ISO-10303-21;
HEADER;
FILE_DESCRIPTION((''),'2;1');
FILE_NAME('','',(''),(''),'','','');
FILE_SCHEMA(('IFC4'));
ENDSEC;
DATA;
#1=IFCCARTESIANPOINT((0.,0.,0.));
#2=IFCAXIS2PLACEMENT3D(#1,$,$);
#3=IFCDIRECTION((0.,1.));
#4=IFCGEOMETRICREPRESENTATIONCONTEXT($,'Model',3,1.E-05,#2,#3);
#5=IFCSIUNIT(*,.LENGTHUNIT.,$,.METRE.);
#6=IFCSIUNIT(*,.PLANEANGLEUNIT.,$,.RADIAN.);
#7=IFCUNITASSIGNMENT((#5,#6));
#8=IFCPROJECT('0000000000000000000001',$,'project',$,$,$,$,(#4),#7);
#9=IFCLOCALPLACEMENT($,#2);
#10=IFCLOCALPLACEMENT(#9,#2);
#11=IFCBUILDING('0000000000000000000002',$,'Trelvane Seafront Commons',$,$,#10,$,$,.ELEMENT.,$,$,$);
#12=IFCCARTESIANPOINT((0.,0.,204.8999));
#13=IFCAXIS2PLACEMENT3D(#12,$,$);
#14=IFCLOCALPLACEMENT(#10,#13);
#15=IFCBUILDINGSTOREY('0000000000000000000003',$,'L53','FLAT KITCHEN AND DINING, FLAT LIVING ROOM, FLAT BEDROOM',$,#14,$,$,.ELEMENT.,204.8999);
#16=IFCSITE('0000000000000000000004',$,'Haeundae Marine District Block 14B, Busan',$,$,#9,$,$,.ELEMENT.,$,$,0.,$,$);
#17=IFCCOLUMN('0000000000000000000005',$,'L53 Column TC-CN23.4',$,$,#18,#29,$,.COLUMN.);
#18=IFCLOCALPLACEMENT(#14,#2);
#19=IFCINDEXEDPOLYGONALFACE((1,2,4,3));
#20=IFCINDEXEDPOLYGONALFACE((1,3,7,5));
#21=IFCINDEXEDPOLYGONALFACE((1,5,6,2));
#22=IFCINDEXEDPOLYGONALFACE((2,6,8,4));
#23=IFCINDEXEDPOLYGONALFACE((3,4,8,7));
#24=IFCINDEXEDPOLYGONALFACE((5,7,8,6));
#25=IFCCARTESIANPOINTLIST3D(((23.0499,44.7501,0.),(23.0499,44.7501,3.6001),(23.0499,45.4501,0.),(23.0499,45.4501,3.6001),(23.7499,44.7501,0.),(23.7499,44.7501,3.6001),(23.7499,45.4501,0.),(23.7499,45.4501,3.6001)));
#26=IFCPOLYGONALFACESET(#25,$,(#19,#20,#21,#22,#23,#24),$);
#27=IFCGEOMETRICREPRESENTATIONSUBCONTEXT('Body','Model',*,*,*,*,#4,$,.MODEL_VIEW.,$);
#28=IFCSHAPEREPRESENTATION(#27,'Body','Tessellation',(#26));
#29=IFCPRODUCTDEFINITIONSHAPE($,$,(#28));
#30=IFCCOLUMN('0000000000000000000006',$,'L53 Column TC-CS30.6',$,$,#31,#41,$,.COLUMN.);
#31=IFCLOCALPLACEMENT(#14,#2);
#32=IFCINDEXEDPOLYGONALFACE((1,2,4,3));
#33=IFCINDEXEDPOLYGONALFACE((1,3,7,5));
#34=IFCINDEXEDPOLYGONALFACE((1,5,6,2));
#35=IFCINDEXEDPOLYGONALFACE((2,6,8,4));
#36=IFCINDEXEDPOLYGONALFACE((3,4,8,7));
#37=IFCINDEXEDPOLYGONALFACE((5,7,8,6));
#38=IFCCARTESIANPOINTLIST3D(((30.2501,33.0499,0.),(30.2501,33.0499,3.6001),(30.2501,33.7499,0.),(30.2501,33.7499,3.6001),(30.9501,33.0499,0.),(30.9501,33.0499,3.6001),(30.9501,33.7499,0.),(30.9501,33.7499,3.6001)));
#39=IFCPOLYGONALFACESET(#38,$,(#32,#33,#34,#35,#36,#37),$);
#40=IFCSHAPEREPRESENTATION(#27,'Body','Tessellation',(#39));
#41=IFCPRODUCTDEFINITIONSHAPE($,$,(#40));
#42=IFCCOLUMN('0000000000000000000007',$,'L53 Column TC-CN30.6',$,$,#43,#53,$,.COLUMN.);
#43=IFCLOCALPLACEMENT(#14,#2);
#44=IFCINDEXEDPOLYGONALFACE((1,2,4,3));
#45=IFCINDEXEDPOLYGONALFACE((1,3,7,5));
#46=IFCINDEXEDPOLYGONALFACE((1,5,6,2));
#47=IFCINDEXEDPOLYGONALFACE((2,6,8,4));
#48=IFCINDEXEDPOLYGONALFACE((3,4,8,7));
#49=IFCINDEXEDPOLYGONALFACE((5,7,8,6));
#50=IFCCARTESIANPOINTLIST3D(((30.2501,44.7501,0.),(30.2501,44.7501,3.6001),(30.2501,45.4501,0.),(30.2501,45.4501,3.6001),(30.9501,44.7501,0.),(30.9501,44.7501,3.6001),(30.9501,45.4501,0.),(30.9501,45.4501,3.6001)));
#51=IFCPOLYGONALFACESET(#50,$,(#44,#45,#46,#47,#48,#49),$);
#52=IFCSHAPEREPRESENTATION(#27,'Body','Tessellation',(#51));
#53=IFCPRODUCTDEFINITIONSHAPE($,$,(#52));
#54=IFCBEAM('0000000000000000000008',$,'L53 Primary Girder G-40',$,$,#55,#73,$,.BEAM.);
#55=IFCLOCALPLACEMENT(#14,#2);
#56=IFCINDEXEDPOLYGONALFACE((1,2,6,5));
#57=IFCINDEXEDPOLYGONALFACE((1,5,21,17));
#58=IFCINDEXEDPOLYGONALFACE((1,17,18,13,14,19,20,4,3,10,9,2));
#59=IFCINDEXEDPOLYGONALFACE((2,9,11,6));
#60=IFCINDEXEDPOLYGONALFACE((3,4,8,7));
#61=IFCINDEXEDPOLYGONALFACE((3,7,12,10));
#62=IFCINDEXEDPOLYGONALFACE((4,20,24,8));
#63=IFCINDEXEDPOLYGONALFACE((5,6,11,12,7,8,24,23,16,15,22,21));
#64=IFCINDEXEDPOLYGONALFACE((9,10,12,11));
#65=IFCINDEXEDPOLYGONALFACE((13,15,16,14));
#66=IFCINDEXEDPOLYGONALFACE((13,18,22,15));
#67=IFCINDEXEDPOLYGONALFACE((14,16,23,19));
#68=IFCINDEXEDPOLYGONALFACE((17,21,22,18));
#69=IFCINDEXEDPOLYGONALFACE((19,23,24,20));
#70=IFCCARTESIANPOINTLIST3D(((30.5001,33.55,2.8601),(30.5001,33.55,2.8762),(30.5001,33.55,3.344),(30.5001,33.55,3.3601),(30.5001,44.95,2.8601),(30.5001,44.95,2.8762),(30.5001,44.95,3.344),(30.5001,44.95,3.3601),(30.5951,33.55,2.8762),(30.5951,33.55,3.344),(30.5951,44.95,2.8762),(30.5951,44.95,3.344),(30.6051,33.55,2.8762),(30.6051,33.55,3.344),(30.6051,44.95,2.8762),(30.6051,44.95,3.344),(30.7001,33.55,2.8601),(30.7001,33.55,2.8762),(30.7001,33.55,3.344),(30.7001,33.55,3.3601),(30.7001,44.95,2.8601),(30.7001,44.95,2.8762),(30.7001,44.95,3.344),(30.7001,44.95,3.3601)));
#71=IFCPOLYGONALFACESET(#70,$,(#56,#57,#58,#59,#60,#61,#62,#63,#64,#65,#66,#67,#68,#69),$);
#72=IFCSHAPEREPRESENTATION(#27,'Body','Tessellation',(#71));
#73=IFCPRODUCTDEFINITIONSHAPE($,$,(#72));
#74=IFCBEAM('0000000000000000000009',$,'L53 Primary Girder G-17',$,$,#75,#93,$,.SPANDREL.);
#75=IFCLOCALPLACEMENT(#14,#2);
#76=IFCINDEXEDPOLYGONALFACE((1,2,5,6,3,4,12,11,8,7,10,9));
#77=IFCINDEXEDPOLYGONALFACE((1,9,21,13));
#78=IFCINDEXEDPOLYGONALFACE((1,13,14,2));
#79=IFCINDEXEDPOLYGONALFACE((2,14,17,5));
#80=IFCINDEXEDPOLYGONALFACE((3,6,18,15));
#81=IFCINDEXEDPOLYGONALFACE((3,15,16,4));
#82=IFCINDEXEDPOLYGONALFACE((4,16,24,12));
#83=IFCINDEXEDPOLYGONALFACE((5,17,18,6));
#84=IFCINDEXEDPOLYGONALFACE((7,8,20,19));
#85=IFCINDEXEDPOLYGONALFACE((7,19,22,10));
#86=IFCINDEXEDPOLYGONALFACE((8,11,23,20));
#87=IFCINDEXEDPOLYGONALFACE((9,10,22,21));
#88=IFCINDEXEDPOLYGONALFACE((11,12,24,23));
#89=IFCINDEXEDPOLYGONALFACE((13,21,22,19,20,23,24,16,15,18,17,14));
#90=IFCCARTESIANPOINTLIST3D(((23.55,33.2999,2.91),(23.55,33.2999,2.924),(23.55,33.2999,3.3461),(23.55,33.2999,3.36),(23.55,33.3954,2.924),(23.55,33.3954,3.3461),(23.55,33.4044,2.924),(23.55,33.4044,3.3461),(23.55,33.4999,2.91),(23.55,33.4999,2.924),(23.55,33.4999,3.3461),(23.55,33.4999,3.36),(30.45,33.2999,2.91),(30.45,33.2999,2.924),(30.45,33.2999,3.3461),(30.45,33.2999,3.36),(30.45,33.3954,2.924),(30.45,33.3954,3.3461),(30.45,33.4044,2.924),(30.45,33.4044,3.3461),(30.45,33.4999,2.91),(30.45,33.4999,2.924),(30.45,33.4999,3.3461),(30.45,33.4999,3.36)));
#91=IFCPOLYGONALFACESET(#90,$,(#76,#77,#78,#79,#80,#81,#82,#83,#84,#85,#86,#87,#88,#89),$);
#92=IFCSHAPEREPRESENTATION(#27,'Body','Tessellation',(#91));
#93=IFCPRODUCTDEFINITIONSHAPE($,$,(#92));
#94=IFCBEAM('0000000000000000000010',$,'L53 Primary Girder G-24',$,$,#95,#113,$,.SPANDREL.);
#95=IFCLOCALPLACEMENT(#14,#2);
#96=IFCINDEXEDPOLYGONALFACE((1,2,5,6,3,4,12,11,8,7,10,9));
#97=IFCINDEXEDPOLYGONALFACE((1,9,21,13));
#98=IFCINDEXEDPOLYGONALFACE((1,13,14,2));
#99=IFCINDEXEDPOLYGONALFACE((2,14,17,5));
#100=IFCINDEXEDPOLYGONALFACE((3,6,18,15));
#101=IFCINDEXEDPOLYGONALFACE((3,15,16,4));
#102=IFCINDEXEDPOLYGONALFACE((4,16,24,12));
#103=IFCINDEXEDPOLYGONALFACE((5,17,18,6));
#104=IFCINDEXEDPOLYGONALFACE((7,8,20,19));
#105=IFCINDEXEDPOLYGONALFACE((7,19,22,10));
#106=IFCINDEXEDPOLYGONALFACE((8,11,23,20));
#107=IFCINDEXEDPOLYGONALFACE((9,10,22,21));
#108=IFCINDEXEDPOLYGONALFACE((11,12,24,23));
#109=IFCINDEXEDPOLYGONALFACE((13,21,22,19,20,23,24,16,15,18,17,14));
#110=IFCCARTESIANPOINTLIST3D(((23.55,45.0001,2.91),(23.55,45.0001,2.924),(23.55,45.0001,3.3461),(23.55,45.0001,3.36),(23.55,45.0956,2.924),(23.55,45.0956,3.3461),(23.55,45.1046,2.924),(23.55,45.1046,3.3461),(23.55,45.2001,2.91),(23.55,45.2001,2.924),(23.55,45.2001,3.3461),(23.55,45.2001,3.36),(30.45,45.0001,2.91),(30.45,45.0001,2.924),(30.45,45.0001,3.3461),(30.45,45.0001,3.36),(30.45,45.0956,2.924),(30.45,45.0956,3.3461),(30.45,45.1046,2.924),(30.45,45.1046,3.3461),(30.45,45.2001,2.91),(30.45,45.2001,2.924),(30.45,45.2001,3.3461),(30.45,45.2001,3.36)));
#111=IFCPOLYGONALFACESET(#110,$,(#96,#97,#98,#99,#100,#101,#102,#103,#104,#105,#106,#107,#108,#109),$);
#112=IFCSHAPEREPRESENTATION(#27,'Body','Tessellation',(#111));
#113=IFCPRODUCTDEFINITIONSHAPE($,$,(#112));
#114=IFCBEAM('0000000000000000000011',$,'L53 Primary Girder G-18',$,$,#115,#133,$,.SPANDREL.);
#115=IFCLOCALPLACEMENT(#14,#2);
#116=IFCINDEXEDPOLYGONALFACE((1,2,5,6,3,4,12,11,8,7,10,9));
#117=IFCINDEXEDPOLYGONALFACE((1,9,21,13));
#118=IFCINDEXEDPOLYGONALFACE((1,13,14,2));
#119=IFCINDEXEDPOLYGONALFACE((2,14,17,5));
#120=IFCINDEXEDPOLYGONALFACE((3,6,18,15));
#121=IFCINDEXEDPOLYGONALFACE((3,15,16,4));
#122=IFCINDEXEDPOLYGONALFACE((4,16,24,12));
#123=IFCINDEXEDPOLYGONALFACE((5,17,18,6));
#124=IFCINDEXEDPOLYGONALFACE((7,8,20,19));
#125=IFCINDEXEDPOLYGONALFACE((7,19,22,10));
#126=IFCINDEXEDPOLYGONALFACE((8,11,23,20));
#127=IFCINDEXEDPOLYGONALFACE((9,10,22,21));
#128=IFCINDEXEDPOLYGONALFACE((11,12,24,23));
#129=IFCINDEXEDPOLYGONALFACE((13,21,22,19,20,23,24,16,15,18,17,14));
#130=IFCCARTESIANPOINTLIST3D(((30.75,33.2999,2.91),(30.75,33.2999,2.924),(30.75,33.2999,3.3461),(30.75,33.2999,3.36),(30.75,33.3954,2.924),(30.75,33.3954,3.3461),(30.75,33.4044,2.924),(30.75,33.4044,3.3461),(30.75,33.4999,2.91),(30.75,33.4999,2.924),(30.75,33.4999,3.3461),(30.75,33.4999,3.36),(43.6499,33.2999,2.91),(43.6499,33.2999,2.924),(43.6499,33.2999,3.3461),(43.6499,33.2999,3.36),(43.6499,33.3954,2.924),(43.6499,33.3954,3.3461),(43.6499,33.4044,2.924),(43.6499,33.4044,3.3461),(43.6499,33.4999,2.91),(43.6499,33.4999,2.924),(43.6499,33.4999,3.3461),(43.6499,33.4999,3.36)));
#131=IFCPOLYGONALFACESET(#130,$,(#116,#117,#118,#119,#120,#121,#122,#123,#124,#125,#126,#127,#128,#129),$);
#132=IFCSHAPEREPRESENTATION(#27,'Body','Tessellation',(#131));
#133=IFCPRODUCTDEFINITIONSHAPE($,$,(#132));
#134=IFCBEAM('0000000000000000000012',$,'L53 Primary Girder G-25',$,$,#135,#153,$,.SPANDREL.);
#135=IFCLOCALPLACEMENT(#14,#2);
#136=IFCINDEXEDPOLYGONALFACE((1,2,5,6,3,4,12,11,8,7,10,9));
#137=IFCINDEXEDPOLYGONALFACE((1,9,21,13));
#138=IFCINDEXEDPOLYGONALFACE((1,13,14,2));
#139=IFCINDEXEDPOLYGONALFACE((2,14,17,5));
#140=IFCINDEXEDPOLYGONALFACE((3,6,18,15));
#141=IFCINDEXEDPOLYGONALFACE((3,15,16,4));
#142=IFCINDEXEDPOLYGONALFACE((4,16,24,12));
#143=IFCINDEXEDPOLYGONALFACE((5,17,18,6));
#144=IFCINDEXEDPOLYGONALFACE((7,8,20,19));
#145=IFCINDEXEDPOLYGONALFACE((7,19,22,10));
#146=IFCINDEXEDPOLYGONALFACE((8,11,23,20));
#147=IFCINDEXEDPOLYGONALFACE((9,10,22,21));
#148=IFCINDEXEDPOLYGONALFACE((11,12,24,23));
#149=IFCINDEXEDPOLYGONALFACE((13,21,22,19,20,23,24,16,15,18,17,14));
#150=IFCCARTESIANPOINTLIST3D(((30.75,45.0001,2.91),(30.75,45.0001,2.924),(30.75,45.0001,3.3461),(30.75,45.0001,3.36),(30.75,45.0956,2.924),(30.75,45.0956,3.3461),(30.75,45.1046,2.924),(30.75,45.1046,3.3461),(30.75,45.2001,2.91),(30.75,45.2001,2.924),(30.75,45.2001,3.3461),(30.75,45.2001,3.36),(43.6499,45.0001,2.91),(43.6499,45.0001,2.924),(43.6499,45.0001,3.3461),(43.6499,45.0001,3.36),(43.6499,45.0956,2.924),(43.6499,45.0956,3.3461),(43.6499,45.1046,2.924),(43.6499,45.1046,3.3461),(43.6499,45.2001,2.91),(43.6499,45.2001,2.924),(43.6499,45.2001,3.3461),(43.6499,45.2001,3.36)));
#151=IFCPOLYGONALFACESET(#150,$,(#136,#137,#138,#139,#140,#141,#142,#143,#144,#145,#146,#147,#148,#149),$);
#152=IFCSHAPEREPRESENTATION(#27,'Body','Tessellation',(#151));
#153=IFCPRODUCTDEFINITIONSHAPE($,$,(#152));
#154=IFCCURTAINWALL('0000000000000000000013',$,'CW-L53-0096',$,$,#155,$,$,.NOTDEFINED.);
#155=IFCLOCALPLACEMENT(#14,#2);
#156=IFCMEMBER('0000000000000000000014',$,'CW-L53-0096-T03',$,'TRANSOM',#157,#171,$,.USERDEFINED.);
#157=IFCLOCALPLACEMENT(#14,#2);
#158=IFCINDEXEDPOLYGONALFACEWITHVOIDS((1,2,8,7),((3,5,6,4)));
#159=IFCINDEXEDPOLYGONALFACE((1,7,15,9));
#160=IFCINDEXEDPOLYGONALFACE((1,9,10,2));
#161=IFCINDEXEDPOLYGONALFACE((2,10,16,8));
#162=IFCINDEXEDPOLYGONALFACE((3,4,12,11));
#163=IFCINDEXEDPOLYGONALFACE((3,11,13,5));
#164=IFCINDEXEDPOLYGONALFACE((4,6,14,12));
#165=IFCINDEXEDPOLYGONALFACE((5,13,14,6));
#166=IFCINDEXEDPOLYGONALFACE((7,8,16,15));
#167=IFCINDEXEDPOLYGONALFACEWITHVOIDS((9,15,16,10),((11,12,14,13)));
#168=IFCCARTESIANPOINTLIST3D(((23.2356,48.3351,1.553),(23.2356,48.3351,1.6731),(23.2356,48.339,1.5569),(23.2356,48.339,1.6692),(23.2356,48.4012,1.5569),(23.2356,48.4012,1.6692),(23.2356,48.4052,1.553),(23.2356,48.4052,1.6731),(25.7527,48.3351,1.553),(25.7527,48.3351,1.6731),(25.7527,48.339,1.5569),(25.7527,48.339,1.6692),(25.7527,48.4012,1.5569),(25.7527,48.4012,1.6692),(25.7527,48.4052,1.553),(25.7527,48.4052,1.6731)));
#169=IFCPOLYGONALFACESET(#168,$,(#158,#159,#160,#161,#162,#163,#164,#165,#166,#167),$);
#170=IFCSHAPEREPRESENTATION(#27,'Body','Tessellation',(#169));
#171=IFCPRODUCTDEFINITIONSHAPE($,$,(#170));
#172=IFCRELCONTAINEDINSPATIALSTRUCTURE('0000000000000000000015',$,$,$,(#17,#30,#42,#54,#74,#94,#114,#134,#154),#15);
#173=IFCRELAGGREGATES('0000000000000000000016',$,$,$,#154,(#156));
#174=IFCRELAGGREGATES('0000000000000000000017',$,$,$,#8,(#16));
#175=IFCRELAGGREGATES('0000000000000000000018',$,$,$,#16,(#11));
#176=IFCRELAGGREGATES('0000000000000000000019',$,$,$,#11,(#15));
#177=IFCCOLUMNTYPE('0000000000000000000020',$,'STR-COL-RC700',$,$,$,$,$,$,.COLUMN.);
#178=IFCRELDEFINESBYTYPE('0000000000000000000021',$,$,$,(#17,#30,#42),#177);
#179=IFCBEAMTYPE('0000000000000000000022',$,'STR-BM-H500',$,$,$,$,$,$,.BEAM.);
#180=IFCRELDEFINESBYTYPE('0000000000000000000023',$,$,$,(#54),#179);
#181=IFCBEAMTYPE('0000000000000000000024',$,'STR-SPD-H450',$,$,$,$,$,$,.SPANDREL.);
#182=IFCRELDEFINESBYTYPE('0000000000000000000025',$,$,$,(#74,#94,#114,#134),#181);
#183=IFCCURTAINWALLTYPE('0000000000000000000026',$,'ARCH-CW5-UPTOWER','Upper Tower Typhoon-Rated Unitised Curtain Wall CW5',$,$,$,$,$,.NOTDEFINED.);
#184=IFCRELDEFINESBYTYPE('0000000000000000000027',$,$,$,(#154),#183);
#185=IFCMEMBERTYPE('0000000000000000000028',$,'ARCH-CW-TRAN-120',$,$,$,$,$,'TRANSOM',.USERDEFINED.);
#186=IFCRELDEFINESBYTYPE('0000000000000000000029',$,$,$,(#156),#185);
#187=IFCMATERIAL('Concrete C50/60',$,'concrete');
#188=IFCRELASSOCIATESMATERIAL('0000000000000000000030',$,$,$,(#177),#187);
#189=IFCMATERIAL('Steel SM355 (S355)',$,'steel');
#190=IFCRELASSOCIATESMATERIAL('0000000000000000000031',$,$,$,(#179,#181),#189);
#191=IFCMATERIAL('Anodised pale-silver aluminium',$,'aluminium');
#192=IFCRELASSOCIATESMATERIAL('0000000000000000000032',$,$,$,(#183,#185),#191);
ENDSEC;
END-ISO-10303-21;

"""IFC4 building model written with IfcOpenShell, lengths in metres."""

from ifc_helpers import new_model, si_unit, direction, frame, origin, origin_2d, place, context, subcontext, project, spatial, rectangle, hollow_rectangle, i_section, extrude, source, transform, mapped, material, material_profile, profile_set, type_object, element, aggregate, save


model = new_model("IFC4")

# Units and contexts
model_context = context("Model", 3, precision=1e-05, world=origin(), true_north=direction((0.0, 1.0)))
body_context = subcontext(model_context, "Body", "Model", "MODEL_VIEW")
ifc_project = project(units=[si_unit("LENGTHUNIT", "METRE"), si_unit("PLANEANGLEUNIT", "RADIAN")], contexts=[model_context])

# Site, building, storey
site_placement = place(None, origin())
site = spatial("IfcSite", under=ifc_project, at=site_placement, Name="Haeundae Marine District Block 14B, Busan", CompositionType="ELEMENT", RefElevation=0.0)
building_placement = place(site_placement, origin())
building = spatial("IfcBuilding", under=site, at=building_placement, Name="Trelvane Seafront Commons", CompositionType="ELEMENT")
storey_placement = place(building_placement, frame((0.0, 0.0, 204.8999)))
storey = spatial("IfcBuildingStorey", under=building, at=storey_placement, Name="L53", Description="FLAT KITCHEN AND DINING, FLAT LIVING ROOM, FLAT BEDROOM", CompositionType="ELEMENT", Elevation=204.8999)

# Columns
ifc_material_1 = material(Name="Concrete C50/60", Category="concrete")
ifc_material_profile_1 = material_profile(ifc_material_1, rectangle(XDim=0.7, YDim=0.7, at=origin_2d()), Name="RC-700x700")
ifc_profile_set_1 = profile_set([ifc_material_profile_1], Name="Concrete C50/60")
column_type = type_object("IfcColumnType", Name="STR-COL-RC700", PredefinedType="COLUMN", material=ifc_profile_set_1)
shared_shape_1 = source(origin(), body_context, "Body", "SweptSolid", [
    extrude(rectangle(XDim=0.7, YDim=0.7, at=origin_2d()), origin(), (0.0, 0.0, 1.0), 3.6001),
])
for number, where, z_axis, x_axis, name in (
    (1, (23.3999, 45.1001, 0.0), (0.0, 0.0, 1.0), (1.0, 0.0, 0.0), "L53 Column TC-CN23.4"),
    (2, (30.6001, 33.3999, 0.0), (0.0, 0.0, 1.0), (1.0, 0.0, 0.0), "L53 Column TC-CS30.6"),
    (3, (30.6001, 45.1001, 0.0), (0.0, 0.0, 1.0), (1.0, 0.0, 0.0), "L53 Column TC-CN30.6"),
):
    element("IfcColumn", number, at=place(storey_placement, frame(where, z_axis=z_axis, x_axis=x_axis)), inside=storey, type_object=column_type, Name=name, PredefinedType="COLUMN", context=body_context, shape_type="MappedRepresentation", body=[
        mapped(shared_shape_1, transform((0.0, 0.0, 0.0), x_axis=(1.0, 0.0, 0.0), y_axis=(0.0, 1.0, 0.0), z_axis=(0.0, 0.0, 1.0), scale=1.0)),
    ])

# Beams
ifc_material_2 = material(Name="Steel SM355 (S355)", Category="steel")
ifc_material_profile_2 = material_profile(ifc_material_2, i_section(OverallWidth=0.2, OverallDepth=0.5, WebThickness=0.01, FlangeThickness=0.0161, at=origin_2d()), Name="H-500x200x10x16")
ifc_profile_set_2 = profile_set([ifc_material_profile_2], Name="Steel SM355 (S355)")
beam_type_1 = type_object("IfcBeamType", Name="STR-BM-H500", PredefinedType="BEAM", material=ifc_profile_set_2)
shared_shape_2 = source(origin(), body_context, "Body", "SweptSolid", [
    extrude(i_section(OverallWidth=0.2, OverallDepth=0.5, WebThickness=0.01, FlangeThickness=0.0161, at=origin_2d()), origin(), (0.0, 0.0, 1.0), 11.3999),
])
beam_placement = place(storey_placement, frame((30.6001, 33.55, 3.1101), z_axis=(0.0, 1.0, 0.0), x_axis=(-1.0, 0.0, 0.0)))
element("IfcBeam", 4, at=beam_placement, inside=storey, type_object=beam_type_1, Name="L53 Primary Girder G-40", PredefinedType="BEAM", context=body_context, shape_type="MappedRepresentation", body=[
    mapped(shared_shape_2, transform((0.0, 0.0, 0.0), x_axis=(1.0, 0.0, 0.0), y_axis=(0.0, 1.0, 0.0), z_axis=(0.0, 0.0, 1.0), scale=1.0)),
])
ifc_material_profile_3 = material_profile(ifc_material_2, i_section(OverallWidth=0.2, OverallDepth=0.45, WebThickness=0.009, FlangeThickness=0.0139, at=origin_2d()), Name="H-450x200x9x14")
ifc_profile_set_3 = profile_set([ifc_material_profile_3], Name="Steel SM355 (S355)")
beam_type_2 = type_object("IfcBeamType", Name="STR-SPD-H450", PredefinedType="SPANDREL", material=ifc_profile_set_3)
shared_shape_3 = source(origin(), body_context, "Body", "SweptSolid", [
    extrude(i_section(OverallWidth=0.2, OverallDepth=0.45, WebThickness=0.009, FlangeThickness=0.0139, at=origin_2d()), origin(), (0.0, 0.0, 1.0), 6.8999),
])
for number, where, z_axis, x_axis, name in (
    (5, (23.55, 33.3999, 3.135), (1.0, 0.0, 0.0), (0.0, 1.0, 0.0), "L53 Primary Girder G-17"),
    (6, (23.55, 45.1001, 3.135), (1.0, 0.0, 0.0), (0.0, 1.0, 0.0), "L53 Primary Girder G-24"),
):
    element("IfcBeam", number, at=place(storey_placement, frame(where, z_axis=z_axis, x_axis=x_axis)), inside=storey, type_object=beam_type_2, Name=name, PredefinedType="SPANDREL", context=body_context, shape_type="MappedRepresentation", body=[
        mapped(shared_shape_3, transform((0.0, 0.0, 0.0), x_axis=(1.0, 0.0, 0.0), y_axis=(0.0, 1.0, 0.0), z_axis=(0.0, 0.0, 1.0), scale=1.0)),
    ])
shared_shape_4 = source(origin(), body_context, "Body", "SweptSolid", [
    extrude(i_section(OverallWidth=0.2, OverallDepth=0.45, WebThickness=0.009, FlangeThickness=0.0139, at=origin_2d()), origin(), (0.0, 0.0, 1.0), 12.8999),
])
for number, where, z_axis, x_axis, name in (
    (7, (30.75, 33.3999, 3.135), (1.0, 0.0, 0.0), (0.0, 1.0, 0.0), "L53 Primary Girder G-18"),
    (8, (30.75, 45.1001, 3.135), (1.0, 0.0, 0.0), (0.0, 1.0, 0.0), "L53 Primary Girder G-25"),
):
    element("IfcBeam", number, at=place(storey_placement, frame(where, z_axis=z_axis, x_axis=x_axis)), inside=storey, type_object=beam_type_2, Name=name, PredefinedType="SPANDREL", context=body_context, shape_type="MappedRepresentation", body=[
        mapped(shared_shape_4, transform((0.0, 0.0, 0.0), x_axis=(1.0, 0.0, 0.0), y_axis=(0.0, 1.0, 0.0), z_axis=(0.0, 0.0, 1.0), scale=1.0)),
    ])

# Curtain wall, member
ifc_material_3 = material(Name="Anodised pale-silver aluminium", Category="aluminium")
curtain_wall_type = type_object("IfcCurtainWallType", Name="ARCH-CW5-UPTOWER", Description="Upper Tower Typhoon-Rated Unitised Curtain Wall CW5", PredefinedType="NOTDEFINED", material=ifc_material_3)
curtain_wall_placement = place(storey_placement, origin())
curtain_wall = element("IfcCurtainWall", 9, at=curtain_wall_placement, inside=storey, type_object=curtain_wall_type, Name="CW-L53-0096", PredefinedType="NOTDEFINED")
ifc_material_profile_4 = material_profile(ifc_material_3, hollow_rectangle(XDim=0.0701, YDim=0.1201, WallThickness=0.0039, at=origin_2d()), Name="TRAN-70x120x4")
ifc_profile_set_4 = profile_set([ifc_material_profile_4], Name="Anodised pale-silver aluminium")
member_type_1 = type_object("IfcMemberType", Name="ARCH-CW-TRAN-120", ElementType="TRANSOM", PredefinedType="USERDEFINED", material=ifc_profile_set_4)
shared_shape_5 = source(origin(), body_context, "Body", "SweptSolid", [
    extrude(hollow_rectangle(XDim=0.0701, YDim=0.1201, WallThickness=0.0039, at=origin_2d()), origin(), (0.0, 0.0, 1.0), 2.5171),
])
member_1_placement = place(storey_placement, frame((23.2356, 48.3701, 1.613), z_axis=(1.0, 0.0, 0.0), x_axis=(0.0, 1.0, 0.0)))
member_1 = element("IfcMember", 10, at=member_1_placement, type_object=member_type_1, Name="CW-L53-0096-T03", ObjectType="TRANSOM", PredefinedType="USERDEFINED", context=body_context, shape_type="MappedRepresentation", body=[
    mapped(shared_shape_5, transform((0.0, 0.0, 0.0), x_axis=(1.0, 0.0, 0.0), y_axis=(0.0, 1.0, 0.0), z_axis=(0.0, 0.0, 1.0), scale=1.0)),
])
aggregate(curtain_wall, [member_1])

save(model, "model.ifc")
